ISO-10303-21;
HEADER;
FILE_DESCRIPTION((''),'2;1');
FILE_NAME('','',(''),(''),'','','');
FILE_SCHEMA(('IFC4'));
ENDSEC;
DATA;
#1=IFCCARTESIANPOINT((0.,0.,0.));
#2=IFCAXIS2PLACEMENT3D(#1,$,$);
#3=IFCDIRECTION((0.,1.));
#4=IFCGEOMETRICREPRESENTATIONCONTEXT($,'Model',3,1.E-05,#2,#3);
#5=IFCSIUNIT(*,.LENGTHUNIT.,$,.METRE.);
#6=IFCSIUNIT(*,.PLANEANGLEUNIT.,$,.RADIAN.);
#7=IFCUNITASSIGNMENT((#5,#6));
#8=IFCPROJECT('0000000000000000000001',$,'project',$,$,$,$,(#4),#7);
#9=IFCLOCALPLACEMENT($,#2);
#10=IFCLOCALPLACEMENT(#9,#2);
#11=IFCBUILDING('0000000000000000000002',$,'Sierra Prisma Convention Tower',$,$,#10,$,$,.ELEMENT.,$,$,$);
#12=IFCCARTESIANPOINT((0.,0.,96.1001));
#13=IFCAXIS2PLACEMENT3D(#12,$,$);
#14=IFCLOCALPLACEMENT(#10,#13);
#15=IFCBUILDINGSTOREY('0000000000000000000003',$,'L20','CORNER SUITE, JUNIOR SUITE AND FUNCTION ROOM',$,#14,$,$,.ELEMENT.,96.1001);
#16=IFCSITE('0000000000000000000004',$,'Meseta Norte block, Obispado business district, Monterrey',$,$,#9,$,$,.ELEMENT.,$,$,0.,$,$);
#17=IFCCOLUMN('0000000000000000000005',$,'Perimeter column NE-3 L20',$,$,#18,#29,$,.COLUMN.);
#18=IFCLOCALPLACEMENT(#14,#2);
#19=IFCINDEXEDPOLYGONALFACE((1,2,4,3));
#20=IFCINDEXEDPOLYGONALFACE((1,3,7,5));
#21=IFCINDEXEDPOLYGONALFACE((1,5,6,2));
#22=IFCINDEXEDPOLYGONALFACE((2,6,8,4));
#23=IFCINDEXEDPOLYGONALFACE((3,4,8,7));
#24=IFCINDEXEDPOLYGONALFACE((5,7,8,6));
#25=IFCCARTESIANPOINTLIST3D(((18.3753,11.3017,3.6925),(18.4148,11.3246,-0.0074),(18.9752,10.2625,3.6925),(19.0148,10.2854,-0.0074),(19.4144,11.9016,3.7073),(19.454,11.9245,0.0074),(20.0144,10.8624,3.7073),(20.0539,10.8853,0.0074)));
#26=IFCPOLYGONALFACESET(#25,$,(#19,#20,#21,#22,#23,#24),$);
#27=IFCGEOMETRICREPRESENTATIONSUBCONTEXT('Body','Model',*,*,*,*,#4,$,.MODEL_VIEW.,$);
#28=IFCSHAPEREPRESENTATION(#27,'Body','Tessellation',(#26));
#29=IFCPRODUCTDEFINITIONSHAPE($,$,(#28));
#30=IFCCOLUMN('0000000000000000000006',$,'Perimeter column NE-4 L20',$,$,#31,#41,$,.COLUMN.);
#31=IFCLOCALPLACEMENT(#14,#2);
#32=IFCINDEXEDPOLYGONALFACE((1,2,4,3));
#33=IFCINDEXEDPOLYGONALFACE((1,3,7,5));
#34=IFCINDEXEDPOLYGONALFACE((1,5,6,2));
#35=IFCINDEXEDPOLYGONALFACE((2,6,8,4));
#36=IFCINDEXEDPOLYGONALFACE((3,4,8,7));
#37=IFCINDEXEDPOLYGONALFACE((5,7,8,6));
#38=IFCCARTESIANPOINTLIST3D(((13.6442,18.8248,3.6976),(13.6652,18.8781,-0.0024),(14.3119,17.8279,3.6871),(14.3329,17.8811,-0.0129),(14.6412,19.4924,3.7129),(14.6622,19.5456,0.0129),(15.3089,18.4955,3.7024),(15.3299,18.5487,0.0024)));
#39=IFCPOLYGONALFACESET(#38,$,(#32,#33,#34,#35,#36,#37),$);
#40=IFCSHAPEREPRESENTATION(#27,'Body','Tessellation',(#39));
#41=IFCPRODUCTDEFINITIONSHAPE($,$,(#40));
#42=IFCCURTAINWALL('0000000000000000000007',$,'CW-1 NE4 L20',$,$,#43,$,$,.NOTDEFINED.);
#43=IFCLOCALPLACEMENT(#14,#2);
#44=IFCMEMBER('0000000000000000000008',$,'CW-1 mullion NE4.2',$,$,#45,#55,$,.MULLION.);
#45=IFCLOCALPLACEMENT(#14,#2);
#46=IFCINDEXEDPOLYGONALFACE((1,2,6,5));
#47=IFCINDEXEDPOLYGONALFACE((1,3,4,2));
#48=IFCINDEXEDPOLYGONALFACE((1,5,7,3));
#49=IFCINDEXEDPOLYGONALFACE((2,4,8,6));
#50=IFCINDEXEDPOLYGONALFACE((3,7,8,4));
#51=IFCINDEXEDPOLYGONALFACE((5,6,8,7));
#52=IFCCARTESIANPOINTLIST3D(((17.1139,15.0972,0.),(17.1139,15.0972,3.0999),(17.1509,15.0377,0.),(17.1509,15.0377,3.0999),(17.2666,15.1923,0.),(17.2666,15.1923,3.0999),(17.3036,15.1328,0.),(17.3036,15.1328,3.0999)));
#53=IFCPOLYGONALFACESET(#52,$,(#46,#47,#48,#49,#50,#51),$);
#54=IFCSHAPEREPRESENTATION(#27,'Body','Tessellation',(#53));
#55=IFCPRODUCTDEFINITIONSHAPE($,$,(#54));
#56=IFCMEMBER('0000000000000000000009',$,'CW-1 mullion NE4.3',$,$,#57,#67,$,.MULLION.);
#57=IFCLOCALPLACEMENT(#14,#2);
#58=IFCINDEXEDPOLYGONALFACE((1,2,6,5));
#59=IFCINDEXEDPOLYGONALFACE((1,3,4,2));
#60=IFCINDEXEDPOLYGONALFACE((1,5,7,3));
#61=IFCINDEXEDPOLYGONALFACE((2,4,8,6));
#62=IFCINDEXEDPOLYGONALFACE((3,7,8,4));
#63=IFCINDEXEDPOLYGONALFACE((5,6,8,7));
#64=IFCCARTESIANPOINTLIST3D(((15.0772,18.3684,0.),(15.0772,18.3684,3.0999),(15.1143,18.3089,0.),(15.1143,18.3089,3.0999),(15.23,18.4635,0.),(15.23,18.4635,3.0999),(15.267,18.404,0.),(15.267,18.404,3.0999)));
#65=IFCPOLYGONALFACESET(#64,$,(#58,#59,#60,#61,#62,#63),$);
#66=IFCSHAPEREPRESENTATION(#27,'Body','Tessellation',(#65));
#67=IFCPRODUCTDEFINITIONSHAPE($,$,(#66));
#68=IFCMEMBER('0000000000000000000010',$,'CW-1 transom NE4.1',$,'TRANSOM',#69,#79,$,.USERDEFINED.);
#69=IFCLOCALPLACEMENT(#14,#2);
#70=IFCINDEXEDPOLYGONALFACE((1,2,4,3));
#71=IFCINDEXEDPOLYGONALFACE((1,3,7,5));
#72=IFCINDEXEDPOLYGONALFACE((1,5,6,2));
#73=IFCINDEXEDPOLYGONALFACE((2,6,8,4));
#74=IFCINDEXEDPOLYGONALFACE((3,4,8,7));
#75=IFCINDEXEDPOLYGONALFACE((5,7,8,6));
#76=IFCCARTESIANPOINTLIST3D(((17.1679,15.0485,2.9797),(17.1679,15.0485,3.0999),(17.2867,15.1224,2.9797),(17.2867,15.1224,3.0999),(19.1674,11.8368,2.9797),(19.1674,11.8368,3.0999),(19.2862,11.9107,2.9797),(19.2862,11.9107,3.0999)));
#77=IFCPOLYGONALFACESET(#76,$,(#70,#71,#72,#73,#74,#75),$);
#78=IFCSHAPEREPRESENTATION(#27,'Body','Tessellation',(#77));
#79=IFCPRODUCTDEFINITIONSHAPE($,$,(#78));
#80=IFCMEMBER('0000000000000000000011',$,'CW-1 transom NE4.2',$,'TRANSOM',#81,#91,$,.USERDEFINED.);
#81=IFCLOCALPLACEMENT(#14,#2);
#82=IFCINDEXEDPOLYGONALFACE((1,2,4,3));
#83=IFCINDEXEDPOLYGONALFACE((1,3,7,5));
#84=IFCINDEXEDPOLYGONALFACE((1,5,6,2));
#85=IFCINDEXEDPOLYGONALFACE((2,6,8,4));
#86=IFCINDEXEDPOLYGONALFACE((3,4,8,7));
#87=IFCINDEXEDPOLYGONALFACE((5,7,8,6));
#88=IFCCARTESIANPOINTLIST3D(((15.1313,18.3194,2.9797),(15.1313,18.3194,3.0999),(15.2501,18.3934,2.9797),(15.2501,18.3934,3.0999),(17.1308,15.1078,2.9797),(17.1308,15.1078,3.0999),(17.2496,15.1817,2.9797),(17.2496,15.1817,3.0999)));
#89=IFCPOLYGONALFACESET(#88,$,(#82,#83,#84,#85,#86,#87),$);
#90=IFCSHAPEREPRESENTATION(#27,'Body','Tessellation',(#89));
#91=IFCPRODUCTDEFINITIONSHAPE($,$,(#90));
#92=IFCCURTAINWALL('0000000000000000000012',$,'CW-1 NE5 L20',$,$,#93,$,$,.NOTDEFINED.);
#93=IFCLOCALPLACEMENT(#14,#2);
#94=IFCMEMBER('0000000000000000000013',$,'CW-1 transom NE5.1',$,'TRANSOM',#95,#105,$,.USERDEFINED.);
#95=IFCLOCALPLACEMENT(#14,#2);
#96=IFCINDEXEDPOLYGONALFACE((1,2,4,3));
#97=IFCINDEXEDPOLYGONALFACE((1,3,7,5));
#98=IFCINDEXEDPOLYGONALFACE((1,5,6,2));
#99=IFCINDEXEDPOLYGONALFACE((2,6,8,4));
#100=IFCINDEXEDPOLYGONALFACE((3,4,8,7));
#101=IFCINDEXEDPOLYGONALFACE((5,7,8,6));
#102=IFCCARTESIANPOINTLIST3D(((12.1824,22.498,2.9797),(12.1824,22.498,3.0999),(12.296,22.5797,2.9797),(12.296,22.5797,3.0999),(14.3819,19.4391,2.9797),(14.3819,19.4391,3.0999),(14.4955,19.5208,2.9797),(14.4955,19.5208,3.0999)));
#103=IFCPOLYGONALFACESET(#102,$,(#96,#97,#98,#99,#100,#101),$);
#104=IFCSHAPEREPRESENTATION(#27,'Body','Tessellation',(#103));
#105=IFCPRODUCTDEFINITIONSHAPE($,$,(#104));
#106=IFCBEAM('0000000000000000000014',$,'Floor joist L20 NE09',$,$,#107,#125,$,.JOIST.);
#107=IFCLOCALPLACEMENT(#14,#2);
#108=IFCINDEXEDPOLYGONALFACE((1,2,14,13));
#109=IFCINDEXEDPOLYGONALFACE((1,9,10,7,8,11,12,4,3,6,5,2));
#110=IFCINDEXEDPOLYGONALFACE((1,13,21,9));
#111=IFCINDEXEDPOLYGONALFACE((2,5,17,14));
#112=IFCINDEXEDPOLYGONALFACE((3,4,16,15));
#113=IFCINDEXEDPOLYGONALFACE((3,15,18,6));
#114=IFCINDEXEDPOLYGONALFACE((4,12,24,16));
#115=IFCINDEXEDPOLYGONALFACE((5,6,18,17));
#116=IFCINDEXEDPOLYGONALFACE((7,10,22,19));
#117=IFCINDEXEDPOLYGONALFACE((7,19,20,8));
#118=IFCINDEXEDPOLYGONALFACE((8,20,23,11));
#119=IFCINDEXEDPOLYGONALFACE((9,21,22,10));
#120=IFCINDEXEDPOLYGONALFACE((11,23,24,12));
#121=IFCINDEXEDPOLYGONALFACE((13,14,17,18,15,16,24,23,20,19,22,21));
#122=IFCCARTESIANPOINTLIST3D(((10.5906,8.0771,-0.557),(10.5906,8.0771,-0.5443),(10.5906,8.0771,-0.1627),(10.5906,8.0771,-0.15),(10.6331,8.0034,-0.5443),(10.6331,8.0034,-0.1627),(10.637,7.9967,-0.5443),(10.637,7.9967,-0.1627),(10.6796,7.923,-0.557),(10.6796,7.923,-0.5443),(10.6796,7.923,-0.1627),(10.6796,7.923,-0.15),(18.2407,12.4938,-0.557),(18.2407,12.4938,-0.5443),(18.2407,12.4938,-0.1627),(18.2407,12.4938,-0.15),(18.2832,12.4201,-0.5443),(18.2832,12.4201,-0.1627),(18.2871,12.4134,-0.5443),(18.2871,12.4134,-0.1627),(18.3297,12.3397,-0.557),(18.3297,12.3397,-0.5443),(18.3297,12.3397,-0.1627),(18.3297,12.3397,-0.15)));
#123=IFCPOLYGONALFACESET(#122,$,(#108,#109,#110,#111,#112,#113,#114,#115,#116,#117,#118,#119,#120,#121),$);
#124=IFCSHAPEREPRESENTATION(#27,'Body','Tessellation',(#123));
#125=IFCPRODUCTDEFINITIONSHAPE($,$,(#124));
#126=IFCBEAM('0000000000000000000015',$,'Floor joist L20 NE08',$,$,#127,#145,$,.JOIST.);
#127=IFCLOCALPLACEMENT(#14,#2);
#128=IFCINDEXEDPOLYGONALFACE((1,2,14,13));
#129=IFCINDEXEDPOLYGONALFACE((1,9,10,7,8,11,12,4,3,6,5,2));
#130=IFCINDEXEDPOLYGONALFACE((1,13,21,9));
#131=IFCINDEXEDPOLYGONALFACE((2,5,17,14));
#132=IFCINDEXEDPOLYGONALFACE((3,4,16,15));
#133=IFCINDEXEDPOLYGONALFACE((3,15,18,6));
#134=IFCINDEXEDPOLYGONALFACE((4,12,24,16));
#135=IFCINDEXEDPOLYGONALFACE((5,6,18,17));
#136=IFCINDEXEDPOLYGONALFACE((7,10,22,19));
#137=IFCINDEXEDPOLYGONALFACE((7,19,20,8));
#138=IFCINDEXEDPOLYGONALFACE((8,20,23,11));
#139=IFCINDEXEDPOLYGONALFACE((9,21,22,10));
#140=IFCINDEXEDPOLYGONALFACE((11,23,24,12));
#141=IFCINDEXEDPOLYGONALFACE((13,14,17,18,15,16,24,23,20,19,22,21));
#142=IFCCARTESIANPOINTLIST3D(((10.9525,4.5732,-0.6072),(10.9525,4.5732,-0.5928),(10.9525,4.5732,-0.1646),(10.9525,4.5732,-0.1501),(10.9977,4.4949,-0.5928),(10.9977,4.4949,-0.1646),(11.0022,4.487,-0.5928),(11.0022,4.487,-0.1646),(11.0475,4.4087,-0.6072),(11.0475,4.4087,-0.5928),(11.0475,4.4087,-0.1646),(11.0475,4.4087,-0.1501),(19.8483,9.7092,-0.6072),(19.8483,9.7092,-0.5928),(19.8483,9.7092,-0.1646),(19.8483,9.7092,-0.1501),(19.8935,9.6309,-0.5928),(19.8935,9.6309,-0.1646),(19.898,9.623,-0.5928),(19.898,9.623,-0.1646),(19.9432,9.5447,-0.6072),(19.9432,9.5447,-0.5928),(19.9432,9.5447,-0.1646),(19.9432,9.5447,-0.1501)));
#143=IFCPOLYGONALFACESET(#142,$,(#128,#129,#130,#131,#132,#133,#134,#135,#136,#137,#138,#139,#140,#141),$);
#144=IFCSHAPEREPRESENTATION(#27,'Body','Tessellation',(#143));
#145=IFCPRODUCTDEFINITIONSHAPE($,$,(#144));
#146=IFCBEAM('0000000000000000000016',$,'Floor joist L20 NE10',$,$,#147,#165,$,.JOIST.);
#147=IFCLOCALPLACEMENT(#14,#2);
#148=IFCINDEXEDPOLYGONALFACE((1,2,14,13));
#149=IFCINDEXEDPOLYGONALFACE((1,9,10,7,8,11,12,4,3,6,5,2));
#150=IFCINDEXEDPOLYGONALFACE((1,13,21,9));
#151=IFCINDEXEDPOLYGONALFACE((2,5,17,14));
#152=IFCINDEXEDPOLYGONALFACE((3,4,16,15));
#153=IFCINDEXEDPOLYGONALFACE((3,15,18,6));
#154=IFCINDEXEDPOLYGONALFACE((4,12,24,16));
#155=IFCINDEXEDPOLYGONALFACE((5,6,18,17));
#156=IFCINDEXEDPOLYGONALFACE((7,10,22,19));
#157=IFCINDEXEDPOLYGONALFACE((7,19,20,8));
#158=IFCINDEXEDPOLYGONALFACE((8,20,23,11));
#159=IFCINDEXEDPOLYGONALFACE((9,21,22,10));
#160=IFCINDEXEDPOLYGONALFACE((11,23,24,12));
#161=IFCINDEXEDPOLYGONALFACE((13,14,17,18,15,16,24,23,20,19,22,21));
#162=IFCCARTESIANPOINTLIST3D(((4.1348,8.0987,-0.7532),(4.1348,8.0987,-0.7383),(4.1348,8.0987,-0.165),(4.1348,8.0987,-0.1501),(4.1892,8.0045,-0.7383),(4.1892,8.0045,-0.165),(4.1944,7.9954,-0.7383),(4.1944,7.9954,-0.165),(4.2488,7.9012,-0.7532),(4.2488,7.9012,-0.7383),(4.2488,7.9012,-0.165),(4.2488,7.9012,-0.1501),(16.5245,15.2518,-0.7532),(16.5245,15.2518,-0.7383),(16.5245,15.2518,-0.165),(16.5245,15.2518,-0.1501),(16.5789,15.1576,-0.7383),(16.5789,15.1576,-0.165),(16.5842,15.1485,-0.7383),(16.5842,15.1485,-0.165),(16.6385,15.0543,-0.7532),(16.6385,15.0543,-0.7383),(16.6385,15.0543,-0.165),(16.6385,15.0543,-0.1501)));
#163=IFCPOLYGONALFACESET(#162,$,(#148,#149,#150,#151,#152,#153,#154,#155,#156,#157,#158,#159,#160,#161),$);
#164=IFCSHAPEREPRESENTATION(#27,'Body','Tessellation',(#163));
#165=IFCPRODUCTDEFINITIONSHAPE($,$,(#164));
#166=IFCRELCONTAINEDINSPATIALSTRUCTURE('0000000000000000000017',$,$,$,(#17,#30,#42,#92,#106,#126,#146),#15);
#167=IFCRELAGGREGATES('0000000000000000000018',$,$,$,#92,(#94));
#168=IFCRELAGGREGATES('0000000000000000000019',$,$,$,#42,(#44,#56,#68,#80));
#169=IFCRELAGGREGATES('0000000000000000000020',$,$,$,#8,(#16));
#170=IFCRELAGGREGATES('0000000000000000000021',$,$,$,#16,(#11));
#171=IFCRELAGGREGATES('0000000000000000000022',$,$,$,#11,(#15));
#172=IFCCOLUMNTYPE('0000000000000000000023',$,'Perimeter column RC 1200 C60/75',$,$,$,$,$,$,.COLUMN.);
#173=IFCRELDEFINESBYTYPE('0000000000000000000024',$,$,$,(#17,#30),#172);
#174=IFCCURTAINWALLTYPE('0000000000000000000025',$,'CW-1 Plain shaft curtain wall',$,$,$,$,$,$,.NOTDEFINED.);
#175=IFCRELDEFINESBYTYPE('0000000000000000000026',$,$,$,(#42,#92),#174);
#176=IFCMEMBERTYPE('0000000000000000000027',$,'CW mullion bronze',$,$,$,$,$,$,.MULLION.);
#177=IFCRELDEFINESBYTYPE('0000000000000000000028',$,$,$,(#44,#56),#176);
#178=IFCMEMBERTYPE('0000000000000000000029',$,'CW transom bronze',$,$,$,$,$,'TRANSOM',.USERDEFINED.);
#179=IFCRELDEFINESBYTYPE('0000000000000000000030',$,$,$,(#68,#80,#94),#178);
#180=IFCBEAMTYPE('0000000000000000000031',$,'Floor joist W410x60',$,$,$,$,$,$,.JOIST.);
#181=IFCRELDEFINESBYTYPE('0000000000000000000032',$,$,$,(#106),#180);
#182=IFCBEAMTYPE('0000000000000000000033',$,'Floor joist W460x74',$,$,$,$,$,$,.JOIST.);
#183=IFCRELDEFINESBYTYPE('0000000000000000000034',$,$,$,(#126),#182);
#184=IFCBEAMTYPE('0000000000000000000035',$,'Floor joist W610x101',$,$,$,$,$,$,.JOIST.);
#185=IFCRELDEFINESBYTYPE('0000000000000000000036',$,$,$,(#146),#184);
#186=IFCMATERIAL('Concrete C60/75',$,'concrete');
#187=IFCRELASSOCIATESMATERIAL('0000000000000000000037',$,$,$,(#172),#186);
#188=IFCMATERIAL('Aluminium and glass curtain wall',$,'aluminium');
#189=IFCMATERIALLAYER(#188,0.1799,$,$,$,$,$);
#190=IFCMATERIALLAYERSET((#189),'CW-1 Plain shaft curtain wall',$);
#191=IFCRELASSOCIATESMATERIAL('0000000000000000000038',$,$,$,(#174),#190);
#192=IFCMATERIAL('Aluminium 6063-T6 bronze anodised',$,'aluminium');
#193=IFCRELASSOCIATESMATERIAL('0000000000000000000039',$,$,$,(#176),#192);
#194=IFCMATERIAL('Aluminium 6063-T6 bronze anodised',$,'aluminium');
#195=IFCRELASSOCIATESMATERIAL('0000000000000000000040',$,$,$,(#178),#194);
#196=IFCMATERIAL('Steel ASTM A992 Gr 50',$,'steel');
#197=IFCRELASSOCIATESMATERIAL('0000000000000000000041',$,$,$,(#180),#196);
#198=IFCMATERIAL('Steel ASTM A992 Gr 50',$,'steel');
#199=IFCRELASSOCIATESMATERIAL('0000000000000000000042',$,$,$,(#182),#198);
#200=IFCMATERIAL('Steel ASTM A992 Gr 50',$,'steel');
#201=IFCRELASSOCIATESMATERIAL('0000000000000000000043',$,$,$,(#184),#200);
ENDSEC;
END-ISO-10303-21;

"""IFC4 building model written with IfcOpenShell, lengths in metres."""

from ifc_helpers import new_model, si_unit, direction, frame, origin, origin_2d, place, context, subcontext, project, spatial, rectangle, i_section, extrude, material, layer, layer_set, material_profile, profile_set, type_object, element, aggregate, save


model = new_model("IFC4")

# Units and contexts
model_context = context("Model", 3, precision=1e-05, world=origin(), true_north=direction((0.0, 1.0)))
body_context = subcontext(model_context, "Body", "Model", "MODEL_VIEW")
ifc_project = project(units=[si_unit("LENGTHUNIT", "METRE"), si_unit("PLANEANGLEUNIT", "RADIAN")], contexts=[model_context])

# Site, building, storey
site_placement = place(None, origin())
site = spatial("IfcSite", under=ifc_project, at=site_placement, Name="Meseta Norte block, Obispado business district, Monterrey", CompositionType="ELEMENT", RefElevation=0.0)
building_placement = place(site_placement, origin())
building = spatial("IfcBuilding", under=site, at=building_placement, Name="Sierra Prisma Convention Tower", CompositionType="ELEMENT")
storey_placement = place(building_placement, frame((0.0, 0.0, 96.1001)))
storey = spatial("IfcBuildingStorey", under=building, at=storey_placement, Name="L20", Description="CORNER SUITE, JUNIOR SUITE AND FUNCTION ROOM", CompositionType="ELEMENT", Elevation=96.1001)

# Columns
ifc_material_1 = material(Name="Concrete C60/75", Category="concrete")
ifc_material_profile_1 = material_profile(ifc_material_1, rectangle(XDim=1.2, YDim=1.2, at=origin_2d()), Name="Perimeter column RC 1200 C60/75")
ifc_profile_set_1 = profile_set([ifc_material_profile_1], Name="Concrete C60/75")
column_type = type_object("IfcColumnType", Name="Perimeter column RC 1200 C60/75", PredefinedType="COLUMN", material=ifc_profile_set_1)
column_1_placement = place(storey_placement, frame((19.2344, 11.105, 0.0), z_axis=(-0.010689, -0.006202, 0.999924), x_axis=(-0.499971, 0.866042, 0.000027)))
element("IfcColumn", 1, at=column_1_placement, inside=storey, type_object=column_type, Name="Perimeter column NE-3 L20", PredefinedType="COLUMN", context=body_context, shape_type="SweptSolid", body=[
    extrude(rectangle(XDim=1.2, YDim=1.2, at=origin_2d()), origin(), (0.0, 0.0, 1.0), 3.7002),
])
column_2_placement = place(storey_placement, frame((14.4976, 18.7134, 0.0), z_axis=(-0.005674, -0.014383, 0.99988), x_axis=(-0.556459, 0.830828, 0.008793)))
element("IfcColumn", 2, at=column_2_placement, inside=storey, type_object=column_type, Name="Perimeter column NE-4 L20", PredefinedType="COLUMN", context=body_context, shape_type="SweptSolid", body=[
    extrude(rectangle(XDim=1.2, YDim=1.2, at=origin_2d()), origin(), (0.0, 0.0, 1.0), 3.7004),
])

# Curtain wall, members
ifc_material_2 = material(Name="Aluminium and glass curtain wall", Category="aluminium")
ifc_layer_1 = layer(ifc_material_2, 0.1799)
ifc_layer_set_1 = layer_set([ifc_layer_1], Name="CW-1 Plain shaft curtain wall")
curtain_wall_type = type_object("IfcCurtainWallType", Name="CW-1 Plain shaft curtain wall", PredefinedType="NOTDEFINED", material=ifc_layer_set_1)
curtain_wall_1_placement = place(storey_placement, origin())
curtain_wall_1 = element("IfcCurtainWall", 3, at=curtain_wall_1_placement, inside=storey, type_object=curtain_wall_type, Name="CW-1 NE4 L20", PredefinedType="NOTDEFINED")
ifc_material_3 = material(Name="Aluminium 6063-T6 bronze anodised", Category="aluminium")
ifc_material_profile_2 = material_profile(ifc_material_3, rectangle(XDim=0.1799, YDim=0.0701, at=origin_2d()), Name="ALU MULLION 70x180")
ifc_profile_set_2 = profile_set([ifc_material_profile_2], Name="Aluminium 6063-T6 bronze anodised")
member_type_1 = type_object("IfcMemberType", Name="CW mullion bronze", PredefinedType="MULLION", material=ifc_profile_set_2)
member_1_placement = place(storey_placement, frame((17.2087, 15.115, 0.0), z_axis=(0.0, 0.0, 1.0), x_axis=(-0.848917, -0.528526, 0.0)))
member_1 = element("IfcMember", 4, at=member_1_placement, type_object=member_type_1, Name="CW-1 mullion NE4.2", PredefinedType="MULLION", context=body_context, shape_type="SweptSolid", body=[
    extrude(rectangle(XDim=0.1799, YDim=0.0701, at=origin_2d()), origin(), (0.0, 0.0, 1.0), 3.0999),
])
member_2_placement = place(storey_placement, frame((15.1721, 18.3862, 0.0), z_axis=(0.0, 0.0, 1.0), x_axis=(-0.848917, -0.528526, 0.0)))
member_2 = element("IfcMember", 5, at=member_2_placement, type_object=member_type_1, Name="CW-1 mullion NE4.3", PredefinedType="MULLION", context=body_context, shape_type="SweptSolid", body=[
    extrude(rectangle(XDim=0.1799, YDim=0.0701, at=origin_2d()), origin(), (0.0, 0.0, 1.0), 3.0999),
])
ifc_material_4 = material(Name="Aluminium 6063-T6 bronze anodised", Category="aluminium")
ifc_material_profile_3 = material_profile(ifc_material_4, rectangle(XDim=0.1399, YDim=0.1201, at=origin_2d()), Name="ALU TRANSOM 120x140")
ifc_profile_set_3 = profile_set([ifc_material_profile_3], Name="Aluminium 6063-T6 bronze anodised")
member_type_2 = type_object("IfcMemberType", Name="CW transom bronze", ElementType="TRANSOM", PredefinedType="USERDEFINED", material=ifc_profile_set_3)
member_3_placement = place(storey_placement, frame((19.2268, 11.8738, 3.0398), z_axis=(-0.528519, 0.848921, 0.0), x_axis=(-0.848921, -0.528519, 0.0)))
member_3 = element("IfcMember", 6, at=member_3_placement, type_object=member_type_2, Name="CW-1 transom NE4.1", ObjectType="TRANSOM", PredefinedType="USERDEFINED", context=body_context, shape_type="SweptSolid", body=[
    extrude(rectangle(XDim=0.1399, YDim=0.1201, at=origin_2d()), origin(), (0.0, 0.0, 1.0), 3.7832),
])
member_4_placement = place(storey_placement, frame((17.1902, 15.1448, 3.0398), z_axis=(-0.528519, 0.848921, 0.0), x_axis=(-0.848921, -0.528519, 0.0)))
member_4 = element("IfcMember", 7, at=member_4_placement, type_object=member_type_2, Name="CW-1 transom NE4.2", ObjectType="TRANSOM", PredefinedType="USERDEFINED", context=body_context, shape_type="SweptSolid", body=[
    extrude(rectangle(XDim=0.1399, YDim=0.1201, at=origin_2d()), origin(), (0.0, 0.0, 1.0), 3.7832),
])

# Curtain wall, member
curtain_wall_2_placement = place(storey_placement, origin())
curtain_wall_2 = element("IfcCurtainWall", 8, at=curtain_wall_2_placement, inside=storey, type_object=curtain_wall_type, Name="CW-1 NE5 L20", PredefinedType="NOTDEFINED")
member_5_placement = place(storey_placement, frame((14.4387, 19.48, 3.0398), z_axis=(-0.583798, 0.811899, 0.0), x_axis=(-0.811899, -0.583798, 0.0)))
member_5 = element("IfcMember", 9, at=member_5_placement, type_object=member_type_2, Name="CW-1 transom NE5.1", ObjectType="TRANSOM", PredefinedType="USERDEFINED", context=body_context, shape_type="SweptSolid", body=[
    extrude(rectangle(XDim=0.1399, YDim=0.1201, at=origin_2d()), origin(), (0.0, 0.0, 1.0), 3.7676),
])
aggregate(curtain_wall_2, [member_5])

# Beams
ifc_material_5 = material(Name="Steel ASTM A992 Gr 50", Category="steel")
ifc_material_profile_4 = material_profile(ifc_material_5, i_section(OverallWidth=0.178, OverallDepth=0.407, WebThickness=0.0078, FlangeThickness=0.0127, at=origin_2d()), Name="W410x60")
ifc_profile_set_4 = profile_set([ifc_material_profile_4], Name="Steel ASTM A992 Gr 50")
beam_type_1 = type_object("IfcBeamType", Name="Floor joist W410x60", PredefinedType="JOIST", material=ifc_profile_set_4)
beam_1_placement = place(storey_placement, frame((18.2852, 12.4167, -0.3535), z_axis=(-0.866029, -0.499994, 0.0), x_axis=(0.499994, -0.866029, 0.0)))
element("IfcBeam", 10, at=beam_1_placement, inside=storey, type_object=beam_type_1, Name="Floor joist L20 NE09", PredefinedType="JOIST", context=body_context, shape_type="SweptSolid", body=[
    extrude(i_section(OverallWidth=0.178, OverallDepth=0.407, WebThickness=0.0078, FlangeThickness=0.0127, at=origin_2d()), origin(), (0.0, 0.0, 1.0), 8.8335),
])
ifc_material_6 = material(Name="Steel ASTM A992 Gr 50", Category="steel")
ifc_material_profile_5 = material_profile(ifc_material_6, i_section(OverallWidth=0.1899, OverallDepth=0.457, WebThickness=0.009, FlangeThickness=0.0144, at=origin_2d()), Name="W460x74")
ifc_profile_set_5 = profile_set([ifc_material_profile_5], Name="Steel ASTM A992 Gr 50")
beam_type_2 = type_object("IfcBeamType", Name="Floor joist W460x74", PredefinedType="JOIST", material=ifc_profile_set_5)
beam_2_placement = place(storey_placement, frame((19.8958, 9.627, -0.3787), z_axis=(-0.866024, -0.500002, 0.0), x_axis=(0.500002, -0.866024, 0.0)))
element("IfcBeam", 11, at=beam_2_placement, inside=storey, type_object=beam_type_2, Name="Floor joist L20 NE08", PredefinedType="JOIST", context=body_context, shape_type="SweptSolid", body=[
    extrude(i_section(OverallWidth=0.1899, OverallDepth=0.457, WebThickness=0.009, FlangeThickness=0.0144, at=origin_2d()), origin(), (0.0, 0.0, 1.0), 10.272),
])
ifc_material_7 = material(Name="Steel ASTM A992 Gr 50", Category="steel")
ifc_material_profile_6 = material_profile(ifc_material_7, i_section(OverallWidth=0.228, OverallDepth=0.603, WebThickness=0.0105, FlangeThickness=0.0149, at=origin_2d()), Name="W610x101")
ifc_profile_set_6 = profile_set([ifc_material_profile_6], Name="Steel ASTM A992 Gr 50")
beam_type_3 = type_object("IfcBeamType", Name="Floor joist W610x101", PredefinedType="JOIST", material=ifc_profile_set_6)
beam_3_placement = place(storey_placement, frame((16.5815, 15.1531, -0.4517), z_axis=(-0.866028, -0.499995, 0.0), x_axis=(0.499995, -0.866028, 0.0)))
element("IfcBeam", 12, at=beam_3_placement, inside=storey, type_object=beam_type_3, Name="Floor joist L20 NE10", PredefinedType="JOIST", context=body_context, shape_type="SweptSolid", body=[
    extrude(i_section(OverallWidth=0.228, OverallDepth=0.603, WebThickness=0.0105, FlangeThickness=0.0149, at=origin_2d()), origin(), (0.0, 0.0, 1.0), 14.3064),
])

aggregate(curtain_wall_1, [member_1, member_2, member_3, member_4])

save(model, "model.ifc")
